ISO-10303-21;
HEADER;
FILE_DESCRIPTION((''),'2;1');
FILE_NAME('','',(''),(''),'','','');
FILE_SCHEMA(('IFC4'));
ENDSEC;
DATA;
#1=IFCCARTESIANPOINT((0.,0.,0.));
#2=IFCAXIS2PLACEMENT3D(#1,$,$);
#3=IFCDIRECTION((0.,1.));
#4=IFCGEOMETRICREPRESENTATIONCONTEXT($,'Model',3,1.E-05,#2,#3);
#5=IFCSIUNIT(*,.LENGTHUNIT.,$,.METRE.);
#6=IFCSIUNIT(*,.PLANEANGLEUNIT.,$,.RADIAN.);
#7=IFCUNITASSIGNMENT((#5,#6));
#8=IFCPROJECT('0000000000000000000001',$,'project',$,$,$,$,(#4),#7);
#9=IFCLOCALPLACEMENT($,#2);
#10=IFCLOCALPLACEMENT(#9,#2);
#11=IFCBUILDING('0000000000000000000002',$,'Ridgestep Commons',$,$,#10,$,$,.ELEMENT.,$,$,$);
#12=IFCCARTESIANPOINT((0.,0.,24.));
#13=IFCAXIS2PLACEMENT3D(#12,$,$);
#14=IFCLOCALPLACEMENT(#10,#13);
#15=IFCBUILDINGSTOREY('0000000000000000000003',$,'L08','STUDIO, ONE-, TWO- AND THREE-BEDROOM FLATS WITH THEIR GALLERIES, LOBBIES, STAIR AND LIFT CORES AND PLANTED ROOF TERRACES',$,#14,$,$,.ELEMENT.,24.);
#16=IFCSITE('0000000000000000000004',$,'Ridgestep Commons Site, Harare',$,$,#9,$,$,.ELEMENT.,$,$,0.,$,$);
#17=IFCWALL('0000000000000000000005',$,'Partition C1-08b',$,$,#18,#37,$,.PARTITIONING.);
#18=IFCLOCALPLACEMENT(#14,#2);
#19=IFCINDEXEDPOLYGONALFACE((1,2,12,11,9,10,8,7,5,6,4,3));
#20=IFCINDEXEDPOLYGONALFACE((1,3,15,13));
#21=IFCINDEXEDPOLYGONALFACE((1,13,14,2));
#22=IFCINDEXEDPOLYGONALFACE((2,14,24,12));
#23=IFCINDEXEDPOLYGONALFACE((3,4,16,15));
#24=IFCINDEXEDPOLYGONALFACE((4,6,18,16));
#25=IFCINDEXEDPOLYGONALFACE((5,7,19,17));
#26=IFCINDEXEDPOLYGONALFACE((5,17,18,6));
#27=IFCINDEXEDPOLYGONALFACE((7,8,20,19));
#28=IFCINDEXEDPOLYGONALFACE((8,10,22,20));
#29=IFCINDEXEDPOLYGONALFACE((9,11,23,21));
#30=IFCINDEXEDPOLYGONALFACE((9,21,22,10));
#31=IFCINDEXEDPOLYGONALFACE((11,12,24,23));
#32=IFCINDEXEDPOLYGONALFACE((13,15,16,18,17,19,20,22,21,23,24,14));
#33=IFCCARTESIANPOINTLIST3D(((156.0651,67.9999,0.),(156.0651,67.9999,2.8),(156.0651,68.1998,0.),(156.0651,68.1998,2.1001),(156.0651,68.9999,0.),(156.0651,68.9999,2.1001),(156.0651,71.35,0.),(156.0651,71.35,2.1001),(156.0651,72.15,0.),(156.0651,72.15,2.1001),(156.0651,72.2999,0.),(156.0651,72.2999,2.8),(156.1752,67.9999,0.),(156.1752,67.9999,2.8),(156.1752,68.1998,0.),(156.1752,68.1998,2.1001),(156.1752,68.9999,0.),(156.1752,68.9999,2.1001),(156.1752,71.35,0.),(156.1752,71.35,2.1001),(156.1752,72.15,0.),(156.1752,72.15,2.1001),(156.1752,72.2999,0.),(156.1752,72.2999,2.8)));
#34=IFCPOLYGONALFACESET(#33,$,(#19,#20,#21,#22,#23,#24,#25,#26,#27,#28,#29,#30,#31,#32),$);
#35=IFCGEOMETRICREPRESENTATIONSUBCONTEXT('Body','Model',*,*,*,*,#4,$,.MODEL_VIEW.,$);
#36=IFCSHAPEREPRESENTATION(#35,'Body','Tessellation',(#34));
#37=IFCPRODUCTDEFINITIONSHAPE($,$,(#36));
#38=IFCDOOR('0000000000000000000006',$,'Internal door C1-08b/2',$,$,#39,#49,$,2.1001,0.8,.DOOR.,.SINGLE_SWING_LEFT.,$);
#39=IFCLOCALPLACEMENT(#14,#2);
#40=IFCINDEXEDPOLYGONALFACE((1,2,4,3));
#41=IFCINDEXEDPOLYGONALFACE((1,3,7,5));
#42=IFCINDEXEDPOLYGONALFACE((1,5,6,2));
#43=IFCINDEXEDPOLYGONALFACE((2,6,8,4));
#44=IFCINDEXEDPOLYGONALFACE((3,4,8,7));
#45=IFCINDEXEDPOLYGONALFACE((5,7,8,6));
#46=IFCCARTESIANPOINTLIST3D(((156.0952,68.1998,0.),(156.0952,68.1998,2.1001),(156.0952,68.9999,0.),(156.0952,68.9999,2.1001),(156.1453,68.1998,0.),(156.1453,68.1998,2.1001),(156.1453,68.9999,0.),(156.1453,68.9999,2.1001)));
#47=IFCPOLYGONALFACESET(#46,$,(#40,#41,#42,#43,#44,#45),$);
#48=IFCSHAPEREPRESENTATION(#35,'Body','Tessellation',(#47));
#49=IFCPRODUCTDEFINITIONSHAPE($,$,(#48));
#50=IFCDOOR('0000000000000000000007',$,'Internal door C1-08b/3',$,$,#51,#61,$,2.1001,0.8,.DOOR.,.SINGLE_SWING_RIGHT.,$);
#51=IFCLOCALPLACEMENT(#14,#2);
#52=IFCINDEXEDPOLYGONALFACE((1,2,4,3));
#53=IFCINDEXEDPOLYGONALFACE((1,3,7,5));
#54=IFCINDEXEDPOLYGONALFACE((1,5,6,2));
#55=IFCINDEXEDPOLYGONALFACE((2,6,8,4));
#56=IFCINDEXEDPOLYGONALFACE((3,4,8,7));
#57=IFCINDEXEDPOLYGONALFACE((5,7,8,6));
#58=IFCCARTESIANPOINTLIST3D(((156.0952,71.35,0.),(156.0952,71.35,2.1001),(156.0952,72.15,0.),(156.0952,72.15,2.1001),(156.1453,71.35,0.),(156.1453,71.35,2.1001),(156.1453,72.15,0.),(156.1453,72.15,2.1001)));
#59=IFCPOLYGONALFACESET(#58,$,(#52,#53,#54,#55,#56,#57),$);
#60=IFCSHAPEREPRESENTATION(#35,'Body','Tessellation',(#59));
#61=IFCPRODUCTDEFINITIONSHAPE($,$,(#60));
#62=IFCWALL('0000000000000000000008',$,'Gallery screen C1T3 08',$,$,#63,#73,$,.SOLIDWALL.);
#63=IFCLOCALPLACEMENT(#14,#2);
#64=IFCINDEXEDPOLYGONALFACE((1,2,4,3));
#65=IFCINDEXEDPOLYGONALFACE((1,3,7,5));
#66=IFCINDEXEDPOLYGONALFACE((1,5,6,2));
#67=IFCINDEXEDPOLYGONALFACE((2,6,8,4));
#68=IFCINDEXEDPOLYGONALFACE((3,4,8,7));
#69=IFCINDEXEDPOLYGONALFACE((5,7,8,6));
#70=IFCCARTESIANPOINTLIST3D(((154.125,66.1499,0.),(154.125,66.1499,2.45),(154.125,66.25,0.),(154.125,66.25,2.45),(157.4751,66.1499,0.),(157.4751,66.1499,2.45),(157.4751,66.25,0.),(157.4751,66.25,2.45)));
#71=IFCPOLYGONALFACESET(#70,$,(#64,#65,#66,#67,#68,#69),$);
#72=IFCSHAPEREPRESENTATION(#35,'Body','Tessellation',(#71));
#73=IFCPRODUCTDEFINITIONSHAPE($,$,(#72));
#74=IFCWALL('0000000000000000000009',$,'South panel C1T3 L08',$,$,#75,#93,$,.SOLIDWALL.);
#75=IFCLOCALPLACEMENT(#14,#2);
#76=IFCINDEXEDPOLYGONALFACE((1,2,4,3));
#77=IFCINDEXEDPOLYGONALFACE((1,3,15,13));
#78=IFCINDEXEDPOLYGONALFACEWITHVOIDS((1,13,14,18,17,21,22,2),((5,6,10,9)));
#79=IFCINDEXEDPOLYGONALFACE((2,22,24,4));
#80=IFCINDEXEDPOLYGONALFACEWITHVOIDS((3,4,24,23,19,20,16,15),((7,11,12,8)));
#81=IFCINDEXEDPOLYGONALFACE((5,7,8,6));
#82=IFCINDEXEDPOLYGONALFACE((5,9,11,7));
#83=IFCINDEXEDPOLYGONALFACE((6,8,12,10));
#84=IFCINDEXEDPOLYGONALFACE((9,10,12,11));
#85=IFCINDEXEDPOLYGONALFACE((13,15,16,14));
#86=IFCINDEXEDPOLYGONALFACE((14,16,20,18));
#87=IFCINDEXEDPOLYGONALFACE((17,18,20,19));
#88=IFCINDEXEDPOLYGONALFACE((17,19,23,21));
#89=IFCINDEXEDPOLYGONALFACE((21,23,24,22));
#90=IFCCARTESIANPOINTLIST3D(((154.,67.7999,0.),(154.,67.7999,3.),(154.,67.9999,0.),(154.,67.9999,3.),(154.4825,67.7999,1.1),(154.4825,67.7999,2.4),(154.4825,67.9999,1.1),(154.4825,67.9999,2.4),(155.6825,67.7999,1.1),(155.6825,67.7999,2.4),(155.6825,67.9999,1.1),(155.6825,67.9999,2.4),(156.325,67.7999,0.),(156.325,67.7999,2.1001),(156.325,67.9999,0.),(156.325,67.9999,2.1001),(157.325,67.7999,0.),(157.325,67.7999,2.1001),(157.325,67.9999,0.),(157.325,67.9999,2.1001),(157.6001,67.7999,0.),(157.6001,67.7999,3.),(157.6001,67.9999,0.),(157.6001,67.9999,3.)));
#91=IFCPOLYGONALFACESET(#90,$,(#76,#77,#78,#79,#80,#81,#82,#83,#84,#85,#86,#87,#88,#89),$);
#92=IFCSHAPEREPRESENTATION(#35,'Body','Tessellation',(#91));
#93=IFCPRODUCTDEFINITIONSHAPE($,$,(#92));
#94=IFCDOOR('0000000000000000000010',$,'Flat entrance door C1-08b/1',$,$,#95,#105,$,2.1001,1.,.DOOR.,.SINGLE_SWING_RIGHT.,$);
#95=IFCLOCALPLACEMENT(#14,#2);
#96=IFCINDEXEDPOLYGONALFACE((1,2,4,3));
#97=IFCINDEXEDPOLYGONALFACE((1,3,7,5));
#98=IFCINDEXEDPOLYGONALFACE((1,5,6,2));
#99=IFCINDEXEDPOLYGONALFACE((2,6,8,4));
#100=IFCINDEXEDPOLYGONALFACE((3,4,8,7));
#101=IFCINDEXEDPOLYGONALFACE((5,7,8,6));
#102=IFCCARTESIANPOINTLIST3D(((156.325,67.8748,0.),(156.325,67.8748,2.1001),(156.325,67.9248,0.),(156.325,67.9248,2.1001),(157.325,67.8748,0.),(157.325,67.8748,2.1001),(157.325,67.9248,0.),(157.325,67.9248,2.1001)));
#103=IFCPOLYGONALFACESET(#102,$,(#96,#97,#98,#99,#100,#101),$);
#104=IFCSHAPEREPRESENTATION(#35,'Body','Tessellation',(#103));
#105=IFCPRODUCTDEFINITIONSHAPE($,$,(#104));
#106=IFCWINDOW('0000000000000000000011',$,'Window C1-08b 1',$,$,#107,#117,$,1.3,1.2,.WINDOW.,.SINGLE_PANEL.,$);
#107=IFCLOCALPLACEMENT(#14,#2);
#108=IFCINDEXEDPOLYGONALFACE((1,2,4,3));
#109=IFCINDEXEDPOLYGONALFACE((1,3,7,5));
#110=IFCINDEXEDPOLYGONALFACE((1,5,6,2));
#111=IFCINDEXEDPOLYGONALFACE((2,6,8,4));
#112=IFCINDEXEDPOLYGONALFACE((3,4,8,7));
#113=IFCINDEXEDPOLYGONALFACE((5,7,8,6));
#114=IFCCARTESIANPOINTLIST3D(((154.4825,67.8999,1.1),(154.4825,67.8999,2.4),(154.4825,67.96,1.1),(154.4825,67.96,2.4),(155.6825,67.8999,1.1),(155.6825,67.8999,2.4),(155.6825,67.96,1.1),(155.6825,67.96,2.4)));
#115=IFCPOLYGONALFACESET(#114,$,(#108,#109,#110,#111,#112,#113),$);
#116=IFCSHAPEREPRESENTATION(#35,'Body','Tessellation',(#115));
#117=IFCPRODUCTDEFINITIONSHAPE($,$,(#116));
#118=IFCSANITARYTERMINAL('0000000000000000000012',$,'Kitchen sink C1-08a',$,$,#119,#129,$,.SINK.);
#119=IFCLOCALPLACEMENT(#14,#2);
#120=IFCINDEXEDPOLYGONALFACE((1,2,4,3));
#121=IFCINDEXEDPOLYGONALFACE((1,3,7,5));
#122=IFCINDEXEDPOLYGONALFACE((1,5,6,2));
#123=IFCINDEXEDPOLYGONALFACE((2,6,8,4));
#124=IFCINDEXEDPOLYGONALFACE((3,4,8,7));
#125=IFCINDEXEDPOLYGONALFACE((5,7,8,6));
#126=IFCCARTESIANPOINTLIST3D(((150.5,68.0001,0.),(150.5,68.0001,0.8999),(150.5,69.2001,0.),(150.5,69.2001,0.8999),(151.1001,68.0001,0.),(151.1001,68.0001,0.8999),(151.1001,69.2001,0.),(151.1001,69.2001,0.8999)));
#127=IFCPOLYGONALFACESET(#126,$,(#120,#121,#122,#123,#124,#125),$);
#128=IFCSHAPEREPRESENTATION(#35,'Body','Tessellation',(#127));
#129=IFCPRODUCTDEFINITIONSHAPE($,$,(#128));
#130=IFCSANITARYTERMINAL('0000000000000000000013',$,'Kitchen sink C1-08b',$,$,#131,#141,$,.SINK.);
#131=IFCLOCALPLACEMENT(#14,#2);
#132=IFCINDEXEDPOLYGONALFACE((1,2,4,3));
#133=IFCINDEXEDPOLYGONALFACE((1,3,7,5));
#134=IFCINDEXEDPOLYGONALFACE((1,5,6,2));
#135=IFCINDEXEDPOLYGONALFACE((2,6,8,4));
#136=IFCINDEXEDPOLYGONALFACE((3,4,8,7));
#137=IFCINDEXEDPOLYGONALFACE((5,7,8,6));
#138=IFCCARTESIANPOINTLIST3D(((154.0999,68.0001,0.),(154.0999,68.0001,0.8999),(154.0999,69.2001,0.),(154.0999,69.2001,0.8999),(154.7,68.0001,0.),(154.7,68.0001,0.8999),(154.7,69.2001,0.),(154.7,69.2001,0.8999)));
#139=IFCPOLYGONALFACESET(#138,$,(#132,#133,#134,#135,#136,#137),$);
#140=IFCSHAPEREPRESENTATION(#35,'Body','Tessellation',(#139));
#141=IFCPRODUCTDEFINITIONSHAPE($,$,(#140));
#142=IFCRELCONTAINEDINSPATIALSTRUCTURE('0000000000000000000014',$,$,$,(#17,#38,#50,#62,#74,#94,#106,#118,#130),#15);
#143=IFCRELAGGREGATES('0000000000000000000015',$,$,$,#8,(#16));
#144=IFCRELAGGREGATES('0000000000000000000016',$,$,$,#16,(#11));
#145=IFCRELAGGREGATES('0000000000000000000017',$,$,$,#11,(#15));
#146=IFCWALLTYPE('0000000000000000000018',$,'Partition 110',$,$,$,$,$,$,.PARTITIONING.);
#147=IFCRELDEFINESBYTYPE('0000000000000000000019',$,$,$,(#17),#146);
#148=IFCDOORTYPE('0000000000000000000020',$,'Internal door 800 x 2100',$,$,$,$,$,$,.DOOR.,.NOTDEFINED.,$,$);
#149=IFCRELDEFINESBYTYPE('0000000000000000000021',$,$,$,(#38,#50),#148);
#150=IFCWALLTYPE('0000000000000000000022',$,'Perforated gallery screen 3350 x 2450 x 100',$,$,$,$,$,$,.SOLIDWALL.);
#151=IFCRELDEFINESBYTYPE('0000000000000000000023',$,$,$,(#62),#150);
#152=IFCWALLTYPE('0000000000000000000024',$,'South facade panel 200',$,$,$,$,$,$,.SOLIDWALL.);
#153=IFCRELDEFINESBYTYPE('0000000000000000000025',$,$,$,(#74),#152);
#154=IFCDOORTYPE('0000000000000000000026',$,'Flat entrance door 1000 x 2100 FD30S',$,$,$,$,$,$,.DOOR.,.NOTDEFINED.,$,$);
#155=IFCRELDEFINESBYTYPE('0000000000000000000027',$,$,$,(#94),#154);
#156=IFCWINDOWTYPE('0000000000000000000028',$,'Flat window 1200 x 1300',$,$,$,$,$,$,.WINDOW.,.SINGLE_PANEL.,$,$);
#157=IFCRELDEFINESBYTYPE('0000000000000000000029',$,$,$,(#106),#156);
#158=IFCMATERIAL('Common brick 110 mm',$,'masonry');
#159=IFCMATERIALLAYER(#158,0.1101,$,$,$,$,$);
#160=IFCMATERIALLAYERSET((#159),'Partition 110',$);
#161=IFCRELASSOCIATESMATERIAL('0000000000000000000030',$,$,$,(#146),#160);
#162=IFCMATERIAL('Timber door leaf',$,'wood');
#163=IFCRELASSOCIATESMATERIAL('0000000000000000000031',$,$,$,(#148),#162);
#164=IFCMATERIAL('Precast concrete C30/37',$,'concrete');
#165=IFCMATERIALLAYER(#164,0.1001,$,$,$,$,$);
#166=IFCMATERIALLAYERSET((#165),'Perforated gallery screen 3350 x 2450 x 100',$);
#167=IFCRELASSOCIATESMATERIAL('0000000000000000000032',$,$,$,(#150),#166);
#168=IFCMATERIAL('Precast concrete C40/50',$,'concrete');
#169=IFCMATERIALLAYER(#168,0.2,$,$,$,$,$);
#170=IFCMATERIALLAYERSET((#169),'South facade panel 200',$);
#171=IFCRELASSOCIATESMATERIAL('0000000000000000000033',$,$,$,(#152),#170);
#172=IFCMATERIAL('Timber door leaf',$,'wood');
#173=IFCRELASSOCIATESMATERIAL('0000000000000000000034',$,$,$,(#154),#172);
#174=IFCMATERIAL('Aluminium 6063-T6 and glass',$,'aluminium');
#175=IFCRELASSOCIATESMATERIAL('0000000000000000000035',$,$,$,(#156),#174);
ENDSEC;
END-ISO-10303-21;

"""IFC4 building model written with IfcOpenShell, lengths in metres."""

from ifc_helpers import new_model, si_unit, direction, frame, frame_2d, origin, origin_2d, place, context, subcontext, project, spatial, rectangle, extrude, material, layer, layer_set, type_object, element, fill, save


model = new_model("IFC4")

# Units and contexts
model_context = context("Model", 3, precision=1e-05, world=origin(), true_north=direction((0.0, 1.0)))
body_context = subcontext(model_context, "Body", "Model", "MODEL_VIEW")
ifc_project = project(units=[si_unit("LENGTHUNIT", "METRE"), si_unit("PLANEANGLEUNIT", "RADIAN")], contexts=[model_context])

# Site, building, storey
site_placement = place(None, origin())
site = spatial("IfcSite", under=ifc_project, at=site_placement, Name="Ridgestep Commons Site, Harare", CompositionType="ELEMENT", RefElevation=0.0)
building_placement = place(site_placement, origin())
building = spatial("IfcBuilding", under=site, at=building_placement, Name="Ridgestep Commons", CompositionType="ELEMENT")
storey_placement = place(building_placement, frame((0.0, 0.0, 24.0)))
storey = spatial("IfcBuildingStorey", under=building, at=storey_placement, Name="L08", Description="STUDIO, ONE-, TWO- AND THREE-BEDROOM FLATS WITH THEIR GALLERIES, LOBBIES, STAIR AND LIFT CORES AND PLANTED ROOF TERRACES", CompositionType="ELEMENT", Elevation=24.0)

# Shared definitions
ifc_material_1 = material(Name="Common brick 110 mm", Category="masonry")
ifc_layer_1 = layer(ifc_material_1, 0.1101)
ifc_layer_set_1 = layer_set([ifc_layer_1], Name="Partition 110")
wall_type_1 = type_object("IfcWallType", Name="Partition 110", PredefinedType="PARTITIONING", material=ifc_layer_set_1)
ifc_material_2 = material(Name="Timber door leaf", Category="wood")
door_type_1 = type_object("IfcDoorType", Name="Internal door 800 x 2100", OperationType="NOTDEFINED", PredefinedType="DOOR", material=ifc_material_2)

# Wall, openings, doors
wall_1_placement = place(storey_placement, frame((156.1201, 68.0, 0.0), z_axis=(0.0, 0.0, 1.0), x_axis=(0.0, 1.0, 0.0)))
wall_1 = element("IfcWall", 1, at=wall_1_placement, inside=storey, type_object=wall_type_1, Name="Partition C1-08b", PredefinedType="PARTITIONING", context=body_context, shape_type="SweptSolid", body=[
    extrude(rectangle(XDim=4.3, YDim=0.1101, at=frame_2d((2.1499, 0.0))), origin(), (0.0, 0.0, 1.0), 2.8),
])
opening_1_placement = place(wall_1_placement, frame((0.2, 0.0, 0.0)))
opening_1 = element("IfcOpeningElement", 2, at=opening_1_placement, cuts=wall_1, PredefinedType="OPENING", context=body_context, shape_type="SweptSolid", body=[
    extrude(rectangle(XDim=0.8, YDim=2.1001, at=frame_2d((0.3999, 1.05))), frame((0.0, 0.0649, 0.0), z_axis=(0.0, -1.0, 0.0), x_axis=(1.0, 0.0, 0.0)), (0.0, 0.0, 1.0), 0.1301),
])
opening_2_placement = place(wall_1_placement, frame((3.3501, 0.0, 0.0)))
opening_2 = element("IfcOpeningElement", 3, at=opening_2_placement, cuts=wall_1, PredefinedType="OPENING", context=body_context, shape_type="SweptSolid", body=[
    extrude(rectangle(XDim=0.8, YDim=2.1001, at=frame_2d((0.3999, 1.05))), frame((0.0, 0.0649, 0.0), z_axis=(0.0, -1.0, 0.0), x_axis=(1.0, 0.0, 0.0)), (0.0, 0.0, 1.0), 0.1301),
])
door_1_placement = place(opening_1_placement, origin())
door_1 = element("IfcDoor", 4, at=door_1_placement, inside=storey, type_object=door_type_1, Name="Internal door C1-08b/2", OperationType="SINGLE_SWING_LEFT", OverallHeight=2.1001, OverallWidth=0.8, PredefinedType="DOOR", context=body_context, shape_type="SweptSolid", body=[
    extrude(rectangle(XDim=0.8, YDim=2.1001, at=frame_2d((0.3999, 1.05))), frame((0.0, 0.0249, 0.0), z_axis=(0.0, -1.0, 0.0), x_axis=(1.0, 0.0, 0.0)), (0.0, 0.0, 1.0), 0.05),
])
fill(opening_1, door_1)
door_2_placement = place(opening_2_placement, origin())
door_2 = element("IfcDoor", 5, at=door_2_placement, inside=storey, type_object=door_type_1, Name="Internal door C1-08b/3", OperationType="SINGLE_SWING_RIGHT", OverallHeight=2.1001, OverallWidth=0.8, PredefinedType="DOOR", context=body_context, shape_type="SweptSolid", body=[
    extrude(rectangle(XDim=0.8, YDim=2.1001, at=frame_2d((0.3999, 1.05))), frame((0.0, 0.0249, 0.0), z_axis=(0.0, -1.0, 0.0), x_axis=(1.0, 0.0, 0.0)), (0.0, 0.0, 1.0), 0.05),
])
fill(opening_2, door_2)

# Wall
ifc_material_3 = material(Name="Precast concrete C30/37", Category="concrete")
ifc_layer_2 = layer(ifc_material_3, 0.1001)
ifc_layer_set_2 = layer_set([ifc_layer_2], Name="Perforated gallery screen 3350 x 2450 x 100")
wall_type_2 = type_object("IfcWallType", Name="Perforated gallery screen 3350 x 2450 x 100", PredefinedType="SOLIDWALL", material=ifc_layer_set_2)
wall_2_placement = place(storey_placement, frame((154.125, 66.2, 0.0), z_axis=(0.0, 0.0, 1.0), x_axis=(1.0, 0.0, 0.0)))
element("IfcWall", 6, at=wall_2_placement, inside=storey, type_object=wall_type_2, Name="Gallery screen C1T3 08", PredefinedType="SOLIDWALL", context=body_context, shape_type="SweptSolid", body=[
    extrude(rectangle(XDim=3.3501, YDim=0.1001, at=frame_2d((1.675, 0.0))), origin(), (0.0, 0.0, 1.0), 2.45),
])

# Wall, openings, door, window
ifc_material_4 = material(Name="Precast concrete C40/50", Category="concrete")
ifc_layer_3 = layer(ifc_material_4, 0.2)
ifc_layer_set_3 = layer_set([ifc_layer_3], Name="South facade panel 200")
wall_type_3 = type_object("IfcWallType", Name="South facade panel 200", PredefinedType="SOLIDWALL", material=ifc_layer_set_3)
wall_3_placement = place(storey_placement, frame((154.0, 67.8999, 0.0), z_axis=(0.0, 0.0, 1.0), x_axis=(1.0, 0.0, 0.0)))
wall_3 = element("IfcWall", 7, at=wall_3_placement, inside=storey, type_object=wall_type_3, Name="South panel C1T3 L08", PredefinedType="SOLIDWALL", context=body_context, shape_type="SweptSolid", body=[
    extrude(rectangle(XDim=3.6001, YDim=0.2, at=frame_2d((1.8, 0.0))), origin(), (0.0, 0.0, 1.0), 3.0),
])
opening_3_placement = place(wall_3_placement, frame((0.4824, 0.0, 1.1001)))
opening_3 = element("IfcOpeningElement", 8, at=opening_3_placement, cuts=wall_3, PredefinedType="OPENING", context=body_context, shape_type="SweptSolid", body=[
    extrude(rectangle(XDim=1.2, YDim=1.3, at=frame_2d((0.6001, 0.6499))), frame((0.0, 0.1099, 0.0), z_axis=(0.0, -1.0, 0.0), x_axis=(1.0, 0.0, 0.0)), (0.0, 0.0, 1.0), 0.22),
])
opening_4_placement = place(wall_3_placement, frame((2.325, 0.0, 0.0)))
opening_4 = element("IfcOpeningElement", 9, at=opening_4_placement, cuts=wall_3, PredefinedType="OPENING", context=body_context, shape_type="SweptSolid", body=[
    extrude(rectangle(XDim=1.0, YDim=2.1001, at=frame_2d((0.5, 1.05))), frame((0.0, 0.1099, 0.0), z_axis=(0.0, -1.0, 0.0), x_axis=(1.0, 0.0, 0.0)), (0.0, 0.0, 1.0), 0.22),
])
ifc_material_5 = material(Name="Timber door leaf", Category="wood")
door_type_2 = type_object("IfcDoorType", Name="Flat entrance door 1000 x 2100 FD30S", OperationType="NOTDEFINED", PredefinedType="DOOR", material=ifc_material_5)
door_3_placement = place(opening_4_placement, origin())
door_3 = element("IfcDoor", 10, at=door_3_placement, inside=storey, type_object=door_type_2, Name="Flat entrance door C1-08b/1", OperationType="SINGLE_SWING_RIGHT", OverallHeight=2.1001, OverallWidth=1.0, PredefinedType="DOOR", context=body_context, shape_type="SweptSolid", body=[
    extrude(rectangle(XDim=1.0, YDim=2.1001, at=frame_2d((0.5, 1.05))), frame((0.0, 0.0249, 0.0), z_axis=(0.0, -1.0, 0.0), x_axis=(1.0, 0.0, 0.0)), (0.0, 0.0, 1.0), 0.05),
])
fill(opening_4, door_3)
ifc_material_6 = material(Name="Aluminium 6063-T6 and glass", Category="aluminium")
window_type = type_object("IfcWindowType", Name="Flat window 1200 x 1300", PartitioningType="SINGLE_PANEL", PredefinedType="WINDOW", material=ifc_material_6)
window_placement = place(opening_3_placement, origin())
window = element("IfcWindow", 11, at=window_placement, inside=storey, type_object=window_type, Name="Window C1-08b 1", OverallHeight=1.3, OverallWidth=1.2, PartitioningType="SINGLE_PANEL", PredefinedType="WINDOW", context=body_context, shape_type="SweptSolid", body=[
    extrude(rectangle(XDim=1.2, YDim=1.3, at=frame_2d((0.6001, 0.6499))), frame((0.0, 0.0601, 0.0), z_axis=(0.0, -1.0, 0.0), x_axis=(1.0, 0.0, 0.0)), (0.0, 0.0, 1.0), 0.0601),
])
fill(opening_3, window)

# Sanitary terminals
for number, where, z_axis, x_axis, name in (
    (12, (150.8, 68.6001, 0.0), (0.0, 0.0, 1.0), (1.0, 0.0, 0.0), "Kitchen sink C1-08a"),
    (13, (154.3999, 68.6001, 0.0), (0.0, 0.0, 1.0), (1.0, 0.0, 0.0), "Kitchen sink C1-08b"),
):
    element("IfcSanitaryTerminal", number, at=place(storey_placement, frame(where, z_axis=z_axis, x_axis=x_axis)), inside=storey, Name=name, PredefinedType="SINK", context=body_context, shape_type="SweptSolid", body=[
        extrude(rectangle(XDim=0.6001, YDim=1.2, at=origin_2d()), origin(), (0.0, 0.0, 1.0), 0.8999),
    ])

save(model, "model.ifc")
